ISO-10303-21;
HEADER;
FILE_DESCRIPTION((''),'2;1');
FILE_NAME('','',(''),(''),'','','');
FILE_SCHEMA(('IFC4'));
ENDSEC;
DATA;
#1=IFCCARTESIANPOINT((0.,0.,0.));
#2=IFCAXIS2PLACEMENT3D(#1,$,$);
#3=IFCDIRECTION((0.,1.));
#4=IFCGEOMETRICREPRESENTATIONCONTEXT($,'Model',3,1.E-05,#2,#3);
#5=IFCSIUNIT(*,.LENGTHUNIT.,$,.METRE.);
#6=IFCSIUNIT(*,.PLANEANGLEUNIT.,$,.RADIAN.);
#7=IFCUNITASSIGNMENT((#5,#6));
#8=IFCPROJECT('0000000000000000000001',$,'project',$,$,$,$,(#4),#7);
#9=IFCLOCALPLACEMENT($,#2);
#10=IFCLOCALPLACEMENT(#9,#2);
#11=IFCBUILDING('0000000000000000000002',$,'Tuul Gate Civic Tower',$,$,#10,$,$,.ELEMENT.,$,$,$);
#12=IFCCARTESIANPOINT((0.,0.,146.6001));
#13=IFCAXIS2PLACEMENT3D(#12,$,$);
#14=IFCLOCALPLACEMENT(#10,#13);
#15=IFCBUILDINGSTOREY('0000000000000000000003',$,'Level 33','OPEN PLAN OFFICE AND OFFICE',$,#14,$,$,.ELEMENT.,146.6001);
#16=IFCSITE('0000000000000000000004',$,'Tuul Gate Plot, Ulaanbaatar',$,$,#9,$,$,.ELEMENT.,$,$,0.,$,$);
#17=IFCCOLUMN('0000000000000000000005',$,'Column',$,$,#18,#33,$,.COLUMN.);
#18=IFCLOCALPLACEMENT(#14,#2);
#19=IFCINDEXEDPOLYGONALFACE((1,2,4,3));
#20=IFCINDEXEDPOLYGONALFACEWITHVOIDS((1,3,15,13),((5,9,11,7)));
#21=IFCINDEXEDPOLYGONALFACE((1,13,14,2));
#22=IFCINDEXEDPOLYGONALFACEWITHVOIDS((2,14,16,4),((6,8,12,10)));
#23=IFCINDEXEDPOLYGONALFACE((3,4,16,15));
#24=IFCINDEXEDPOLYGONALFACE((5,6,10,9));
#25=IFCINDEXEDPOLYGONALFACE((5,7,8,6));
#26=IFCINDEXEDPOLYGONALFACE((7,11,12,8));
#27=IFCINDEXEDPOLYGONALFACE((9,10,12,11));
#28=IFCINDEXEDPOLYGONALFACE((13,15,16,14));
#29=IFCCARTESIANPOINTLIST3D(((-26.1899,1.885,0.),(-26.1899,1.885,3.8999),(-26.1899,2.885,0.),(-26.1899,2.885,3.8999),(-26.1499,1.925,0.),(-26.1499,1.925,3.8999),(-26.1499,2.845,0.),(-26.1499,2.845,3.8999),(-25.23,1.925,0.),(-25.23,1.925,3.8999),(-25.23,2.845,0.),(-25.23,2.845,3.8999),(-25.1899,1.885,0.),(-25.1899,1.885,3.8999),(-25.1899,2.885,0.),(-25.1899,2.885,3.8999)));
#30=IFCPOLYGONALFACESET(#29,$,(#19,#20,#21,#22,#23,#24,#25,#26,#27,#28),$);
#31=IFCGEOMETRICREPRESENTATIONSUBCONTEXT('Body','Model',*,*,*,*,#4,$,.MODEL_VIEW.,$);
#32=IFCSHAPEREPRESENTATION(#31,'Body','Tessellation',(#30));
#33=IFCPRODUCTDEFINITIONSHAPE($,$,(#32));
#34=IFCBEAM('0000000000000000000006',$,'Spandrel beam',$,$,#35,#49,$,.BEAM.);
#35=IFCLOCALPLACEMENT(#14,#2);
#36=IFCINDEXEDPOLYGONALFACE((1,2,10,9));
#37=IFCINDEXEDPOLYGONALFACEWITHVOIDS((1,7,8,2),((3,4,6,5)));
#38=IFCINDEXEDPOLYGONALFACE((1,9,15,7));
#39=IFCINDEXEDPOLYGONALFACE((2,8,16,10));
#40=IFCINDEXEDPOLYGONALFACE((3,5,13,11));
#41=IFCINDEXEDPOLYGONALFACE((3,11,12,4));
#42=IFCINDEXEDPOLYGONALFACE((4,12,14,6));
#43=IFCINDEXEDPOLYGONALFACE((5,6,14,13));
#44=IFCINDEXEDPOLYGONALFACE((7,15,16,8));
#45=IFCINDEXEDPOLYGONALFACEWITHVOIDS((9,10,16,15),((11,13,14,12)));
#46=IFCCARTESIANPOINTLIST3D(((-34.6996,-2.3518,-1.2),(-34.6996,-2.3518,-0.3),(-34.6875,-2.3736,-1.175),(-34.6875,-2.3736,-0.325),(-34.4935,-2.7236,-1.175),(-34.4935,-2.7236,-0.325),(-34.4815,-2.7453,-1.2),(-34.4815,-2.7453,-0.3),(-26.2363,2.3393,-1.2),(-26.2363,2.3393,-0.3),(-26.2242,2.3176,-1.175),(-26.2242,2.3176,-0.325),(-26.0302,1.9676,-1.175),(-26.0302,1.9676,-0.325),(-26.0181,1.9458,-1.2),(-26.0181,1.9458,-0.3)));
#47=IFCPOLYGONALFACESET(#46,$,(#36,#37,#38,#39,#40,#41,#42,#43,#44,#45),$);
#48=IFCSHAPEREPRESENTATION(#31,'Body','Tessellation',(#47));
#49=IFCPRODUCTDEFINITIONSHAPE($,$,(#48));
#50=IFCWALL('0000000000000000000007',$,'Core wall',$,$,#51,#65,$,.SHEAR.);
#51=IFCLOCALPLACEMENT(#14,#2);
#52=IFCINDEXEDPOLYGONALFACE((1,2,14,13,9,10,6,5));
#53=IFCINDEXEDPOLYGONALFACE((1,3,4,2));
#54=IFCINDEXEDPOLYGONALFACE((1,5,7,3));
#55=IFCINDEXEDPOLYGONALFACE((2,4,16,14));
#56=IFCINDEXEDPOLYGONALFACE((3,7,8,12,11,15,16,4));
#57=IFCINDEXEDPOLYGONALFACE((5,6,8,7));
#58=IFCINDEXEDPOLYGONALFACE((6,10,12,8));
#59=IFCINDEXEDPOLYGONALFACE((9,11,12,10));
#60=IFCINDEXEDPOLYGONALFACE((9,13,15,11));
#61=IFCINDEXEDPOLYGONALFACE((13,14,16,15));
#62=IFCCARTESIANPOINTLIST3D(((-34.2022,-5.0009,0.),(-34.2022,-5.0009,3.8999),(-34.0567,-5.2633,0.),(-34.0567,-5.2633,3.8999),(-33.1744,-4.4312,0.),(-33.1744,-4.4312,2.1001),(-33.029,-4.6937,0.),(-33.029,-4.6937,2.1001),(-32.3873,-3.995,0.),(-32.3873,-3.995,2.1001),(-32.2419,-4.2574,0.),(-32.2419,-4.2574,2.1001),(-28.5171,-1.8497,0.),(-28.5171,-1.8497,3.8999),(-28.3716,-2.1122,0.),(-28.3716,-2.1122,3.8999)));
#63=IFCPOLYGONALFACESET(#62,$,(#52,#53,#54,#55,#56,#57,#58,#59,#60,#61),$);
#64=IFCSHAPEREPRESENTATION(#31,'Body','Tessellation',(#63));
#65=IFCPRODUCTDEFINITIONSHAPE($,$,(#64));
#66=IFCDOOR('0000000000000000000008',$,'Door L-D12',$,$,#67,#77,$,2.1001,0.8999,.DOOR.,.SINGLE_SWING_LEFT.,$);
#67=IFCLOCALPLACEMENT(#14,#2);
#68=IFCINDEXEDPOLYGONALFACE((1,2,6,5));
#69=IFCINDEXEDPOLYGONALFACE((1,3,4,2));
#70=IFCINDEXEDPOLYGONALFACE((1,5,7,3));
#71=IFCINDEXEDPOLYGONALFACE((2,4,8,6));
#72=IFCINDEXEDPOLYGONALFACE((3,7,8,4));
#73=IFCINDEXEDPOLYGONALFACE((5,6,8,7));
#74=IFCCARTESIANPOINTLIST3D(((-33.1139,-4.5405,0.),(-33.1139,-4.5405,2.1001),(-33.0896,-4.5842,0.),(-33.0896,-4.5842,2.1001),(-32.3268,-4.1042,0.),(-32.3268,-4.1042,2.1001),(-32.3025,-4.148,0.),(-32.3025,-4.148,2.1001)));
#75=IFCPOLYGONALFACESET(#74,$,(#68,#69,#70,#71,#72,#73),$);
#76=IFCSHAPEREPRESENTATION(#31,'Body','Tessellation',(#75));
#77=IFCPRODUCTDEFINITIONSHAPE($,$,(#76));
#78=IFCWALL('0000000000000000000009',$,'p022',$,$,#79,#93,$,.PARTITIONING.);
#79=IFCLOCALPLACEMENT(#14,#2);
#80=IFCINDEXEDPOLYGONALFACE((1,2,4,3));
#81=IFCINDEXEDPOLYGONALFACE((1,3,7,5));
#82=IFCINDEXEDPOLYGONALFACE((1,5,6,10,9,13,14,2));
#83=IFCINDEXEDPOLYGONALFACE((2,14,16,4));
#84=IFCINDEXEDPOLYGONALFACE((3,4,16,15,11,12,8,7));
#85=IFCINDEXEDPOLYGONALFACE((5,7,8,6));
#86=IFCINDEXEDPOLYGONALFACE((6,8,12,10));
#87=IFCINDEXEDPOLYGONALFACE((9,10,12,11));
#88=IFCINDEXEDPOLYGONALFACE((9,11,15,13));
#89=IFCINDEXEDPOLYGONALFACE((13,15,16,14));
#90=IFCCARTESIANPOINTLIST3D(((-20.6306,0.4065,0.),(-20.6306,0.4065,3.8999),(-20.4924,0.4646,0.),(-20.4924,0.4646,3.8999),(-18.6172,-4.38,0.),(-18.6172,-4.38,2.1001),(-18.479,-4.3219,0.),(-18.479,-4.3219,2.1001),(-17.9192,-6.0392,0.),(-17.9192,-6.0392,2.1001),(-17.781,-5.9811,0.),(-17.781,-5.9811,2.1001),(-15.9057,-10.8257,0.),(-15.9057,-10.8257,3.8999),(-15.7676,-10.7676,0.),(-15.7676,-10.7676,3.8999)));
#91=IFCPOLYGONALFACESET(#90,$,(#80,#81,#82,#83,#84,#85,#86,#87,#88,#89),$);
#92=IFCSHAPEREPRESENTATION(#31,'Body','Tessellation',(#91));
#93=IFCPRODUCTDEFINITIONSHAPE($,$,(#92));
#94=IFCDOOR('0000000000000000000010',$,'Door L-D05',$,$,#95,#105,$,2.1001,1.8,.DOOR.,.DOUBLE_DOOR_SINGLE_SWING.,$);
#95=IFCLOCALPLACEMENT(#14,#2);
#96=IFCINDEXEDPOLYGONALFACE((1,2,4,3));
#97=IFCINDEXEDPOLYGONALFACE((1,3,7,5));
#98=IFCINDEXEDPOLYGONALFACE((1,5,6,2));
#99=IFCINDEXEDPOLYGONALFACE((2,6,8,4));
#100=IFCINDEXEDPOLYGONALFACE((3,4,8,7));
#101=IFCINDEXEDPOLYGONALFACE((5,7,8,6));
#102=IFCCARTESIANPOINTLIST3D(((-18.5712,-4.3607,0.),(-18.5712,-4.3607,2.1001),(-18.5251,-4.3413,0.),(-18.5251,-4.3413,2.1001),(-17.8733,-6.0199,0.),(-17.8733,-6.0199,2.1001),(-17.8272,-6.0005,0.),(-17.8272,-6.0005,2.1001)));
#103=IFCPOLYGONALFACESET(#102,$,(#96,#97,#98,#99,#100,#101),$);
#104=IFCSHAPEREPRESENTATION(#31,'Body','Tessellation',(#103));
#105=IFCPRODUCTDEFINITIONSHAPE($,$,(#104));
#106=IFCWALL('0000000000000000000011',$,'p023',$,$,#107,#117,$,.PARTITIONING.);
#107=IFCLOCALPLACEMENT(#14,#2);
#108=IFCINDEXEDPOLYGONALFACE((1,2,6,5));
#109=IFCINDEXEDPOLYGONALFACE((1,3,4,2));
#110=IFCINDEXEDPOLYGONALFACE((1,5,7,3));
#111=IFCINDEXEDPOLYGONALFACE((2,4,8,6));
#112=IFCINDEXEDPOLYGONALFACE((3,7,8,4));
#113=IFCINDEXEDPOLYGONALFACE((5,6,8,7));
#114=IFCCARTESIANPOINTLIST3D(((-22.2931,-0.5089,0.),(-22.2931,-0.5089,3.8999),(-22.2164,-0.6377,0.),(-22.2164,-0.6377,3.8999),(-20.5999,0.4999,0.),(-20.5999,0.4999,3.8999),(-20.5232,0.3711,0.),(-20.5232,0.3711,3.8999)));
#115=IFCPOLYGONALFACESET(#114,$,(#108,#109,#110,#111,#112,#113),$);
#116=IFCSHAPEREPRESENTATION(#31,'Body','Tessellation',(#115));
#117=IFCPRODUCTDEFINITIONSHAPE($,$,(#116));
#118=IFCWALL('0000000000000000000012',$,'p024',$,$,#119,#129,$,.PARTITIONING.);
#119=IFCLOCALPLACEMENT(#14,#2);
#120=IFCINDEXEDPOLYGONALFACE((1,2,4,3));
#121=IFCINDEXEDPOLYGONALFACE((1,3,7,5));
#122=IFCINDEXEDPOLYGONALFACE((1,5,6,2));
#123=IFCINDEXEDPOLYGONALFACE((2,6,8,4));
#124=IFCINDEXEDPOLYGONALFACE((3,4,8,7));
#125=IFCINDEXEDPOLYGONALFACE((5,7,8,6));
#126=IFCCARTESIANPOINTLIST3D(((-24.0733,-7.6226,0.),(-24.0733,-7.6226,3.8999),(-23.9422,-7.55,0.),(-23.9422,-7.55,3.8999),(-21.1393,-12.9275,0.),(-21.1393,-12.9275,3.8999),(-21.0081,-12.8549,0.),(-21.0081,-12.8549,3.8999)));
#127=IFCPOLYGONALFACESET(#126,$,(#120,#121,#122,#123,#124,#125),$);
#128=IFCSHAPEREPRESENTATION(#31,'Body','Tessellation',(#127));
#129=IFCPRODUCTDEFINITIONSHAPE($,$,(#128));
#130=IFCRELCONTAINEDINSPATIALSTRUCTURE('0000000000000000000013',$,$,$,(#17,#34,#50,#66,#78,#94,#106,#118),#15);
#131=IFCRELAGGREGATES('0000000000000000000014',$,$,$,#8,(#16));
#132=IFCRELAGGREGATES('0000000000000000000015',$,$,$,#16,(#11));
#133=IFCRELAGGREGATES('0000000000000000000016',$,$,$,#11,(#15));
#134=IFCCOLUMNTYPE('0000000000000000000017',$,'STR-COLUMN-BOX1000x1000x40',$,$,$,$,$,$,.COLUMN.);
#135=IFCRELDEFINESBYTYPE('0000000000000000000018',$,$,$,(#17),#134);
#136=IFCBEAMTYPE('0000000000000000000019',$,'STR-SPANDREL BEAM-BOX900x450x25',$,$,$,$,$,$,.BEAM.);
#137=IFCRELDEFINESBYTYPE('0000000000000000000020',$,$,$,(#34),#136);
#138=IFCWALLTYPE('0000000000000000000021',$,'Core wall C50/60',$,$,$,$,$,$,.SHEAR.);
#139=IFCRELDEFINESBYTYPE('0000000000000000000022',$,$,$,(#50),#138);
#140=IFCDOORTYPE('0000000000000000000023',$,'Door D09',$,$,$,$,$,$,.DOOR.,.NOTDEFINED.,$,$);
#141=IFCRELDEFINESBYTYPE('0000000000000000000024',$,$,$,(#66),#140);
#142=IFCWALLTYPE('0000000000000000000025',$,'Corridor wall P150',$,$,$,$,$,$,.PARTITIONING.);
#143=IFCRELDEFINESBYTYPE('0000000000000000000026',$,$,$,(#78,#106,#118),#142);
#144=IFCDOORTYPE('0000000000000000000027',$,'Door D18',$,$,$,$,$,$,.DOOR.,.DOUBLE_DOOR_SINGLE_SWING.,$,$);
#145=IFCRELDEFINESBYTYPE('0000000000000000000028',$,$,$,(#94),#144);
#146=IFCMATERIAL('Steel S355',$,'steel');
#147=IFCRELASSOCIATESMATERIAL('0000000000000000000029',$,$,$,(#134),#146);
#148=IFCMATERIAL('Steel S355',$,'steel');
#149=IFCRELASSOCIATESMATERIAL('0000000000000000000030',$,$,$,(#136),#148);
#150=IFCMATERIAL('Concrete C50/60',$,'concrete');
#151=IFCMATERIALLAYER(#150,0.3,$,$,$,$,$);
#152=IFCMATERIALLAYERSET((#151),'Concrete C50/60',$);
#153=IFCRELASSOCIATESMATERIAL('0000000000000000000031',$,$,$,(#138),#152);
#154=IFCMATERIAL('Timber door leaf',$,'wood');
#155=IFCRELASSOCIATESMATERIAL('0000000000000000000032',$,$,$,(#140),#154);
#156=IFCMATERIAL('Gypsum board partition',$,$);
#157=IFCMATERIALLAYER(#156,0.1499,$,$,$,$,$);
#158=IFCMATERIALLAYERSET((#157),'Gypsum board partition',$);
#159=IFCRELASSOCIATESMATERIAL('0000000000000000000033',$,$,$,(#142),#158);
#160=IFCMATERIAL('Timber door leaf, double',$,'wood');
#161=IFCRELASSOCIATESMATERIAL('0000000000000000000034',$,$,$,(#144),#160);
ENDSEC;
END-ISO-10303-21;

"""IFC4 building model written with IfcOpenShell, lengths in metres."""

from ifc_helpers import new_model, si_unit, direction, frame, frame_2d, origin, origin_2d, place, context, subcontext, project, spatial, rectangle, hollow_rectangle, extrude, material, layer, layer_set, material_profile, profile_set, type_object, element, fill, save


model = new_model("IFC4")

# Units and contexts
model_context = context("Model", 3, precision=1e-05, world=origin(), true_north=direction((0.0, 1.0)))
body_context = subcontext(model_context, "Body", "Model", "MODEL_VIEW")
ifc_project = project(units=[si_unit("LENGTHUNIT", "METRE"), si_unit("PLANEANGLEUNIT", "RADIAN")], contexts=[model_context])

# Site, building, storey
site_placement = place(None, origin())
site = spatial("IfcSite", under=ifc_project, at=site_placement, Name="Tuul Gate Plot, Ulaanbaatar", CompositionType="ELEMENT", RefElevation=0.0)
building_placement = place(site_placement, origin())
building = spatial("IfcBuilding", under=site, at=building_placement, Name="Tuul Gate Civic Tower", CompositionType="ELEMENT")
storey_placement = place(building_placement, frame((0.0, 0.0, 146.6001)))
storey = spatial("IfcBuildingStorey", under=building, at=storey_placement, Name="Level 33", Description="OPEN PLAN OFFICE AND OFFICE", CompositionType="ELEMENT", Elevation=146.6001)

# Column
ifc_material_1 = material(Name="Steel S355", Category="steel")
ifc_material_profile_1 = material_profile(ifc_material_1, hollow_rectangle(XDim=1.0, YDim=1.0, WallThickness=0.04, at=origin_2d()), Name="BOX1000x1000x40")
ifc_profile_set_1 = profile_set([ifc_material_profile_1], Name="Steel S355")
column_type = type_object("IfcColumnType", Name="STR-COLUMN-BOX1000x1000x40", PredefinedType="COLUMN", material=ifc_profile_set_1)
column_placement = place(storey_placement, frame((-25.6899, 2.385, 0.0), z_axis=(0.0, 0.0, 1.0), x_axis=(1.0, 0.0, 0.0)))
element("IfcColumn", 1, at=column_placement, inside=storey, type_object=column_type, Name="Column", PredefinedType="COLUMN", context=body_context, shape_type="SweptSolid", body=[
    extrude(hollow_rectangle(XDim=1.0, YDim=1.0, WallThickness=0.04, at=origin_2d()), origin(), (0.0, 0.0, 1.0), 3.8999),
])

# Beam
ifc_material_2 = material(Name="Steel S355", Category="steel")
ifc_material_profile_2 = material_profile(ifc_material_2, hollow_rectangle(XDim=0.45, YDim=0.8999, WallThickness=0.0249, at=origin_2d()), Name="BOX900x450x25")
ifc_profile_set_2 = profile_set([ifc_material_profile_2], Name="Steel S355")
beam_type = type_object("IfcBeamType", Name="STR-SPANDREL BEAM-BOX900x450x25", PredefinedType="BEAM", material=ifc_profile_set_2)
beam_placement = place(storey_placement, frame((-26.1272, 2.1426, -0.75), z_axis=(-0.874627, -0.484797, 0.0), x_axis=(0.484797, -0.874627, 0.0)))
element("IfcBeam", 2, at=beam_placement, inside=storey, type_object=beam_type, Name="Spandrel beam", PredefinedType="BEAM", context=body_context, shape_type="SweptSolid", body=[
    extrude(hollow_rectangle(XDim=0.45, YDim=0.8999, WallThickness=0.0249, at=origin_2d()), origin(), (0.0, 0.0, 1.0), 9.6765),
])

# Walls, openings, doors
ifc_material_3 = material(Name="Concrete C50/60", Category="concrete")
ifc_layer_1 = layer(ifc_material_3, 0.3)
ifc_layer_set_1 = layer_set([ifc_layer_1], Name="Concrete C50/60")
wall_type_1 = type_object("IfcWallType", Name="Core wall C50/60", PredefinedType="SHEAR", material=ifc_layer_set_1)
wall_1_placement = place(storey_placement, frame((-28.4443, -1.981, 0.0), z_axis=(0.0, 0.0, 1.0), x_axis=(-0.87463, -0.484791, 0.0)))
wall_1 = element("IfcWall", 3, at=wall_1_placement, inside=storey, type_object=wall_type_1, Name="Core wall", PredefinedType="SHEAR", context=body_context, shape_type="SweptSolid", body=[
    extrude(rectangle(XDim=6.5, YDim=0.3, at=frame_2d((3.25, 0.0))), origin(), (0.0, 0.0, 1.0), 3.8999),
])
opening_1_placement = place(wall_1_placement, frame((4.425, 0.0, 0.0)))
opening_1 = element("IfcOpeningElement", 4, at=opening_1_placement, cuts=wall_1, PredefinedType="OPENING", context=body_context, shape_type="SweptSolid", body=[
    extrude(rectangle(XDim=0.8999, YDim=2.1001, at=frame_2d((0.45, 1.05))), frame((0.0, 0.1602, 0.0), z_axis=(0.0, -1.0, 0.0), x_axis=(1.0, 0.0, 0.0)), (0.0, 0.0, 1.0), 0.3201),
])
ifc_material_4 = material(Name="Timber door leaf", Category="wood")
door_type_1 = type_object("IfcDoorType", Name="Door D09", OperationType="NOTDEFINED", PredefinedType="DOOR", material=ifc_material_4)
door_1_placement = place(opening_1_placement, origin())
door_1 = element("IfcDoor", 5, at=door_1_placement, inside=storey, type_object=door_type_1, Name="Door L-D12", OperationType="SINGLE_SWING_LEFT", OverallHeight=2.1001, OverallWidth=0.8999, PredefinedType="DOOR", context=body_context, shape_type="SweptSolid", body=[
    extrude(rectangle(XDim=0.8999, YDim=2.1001, at=frame_2d((0.45, 1.05))), frame((0.0, 0.0249, 0.0), z_axis=(0.0, -1.0, 0.0), x_axis=(1.0, 0.0, 0.0)), (0.0, 0.0, 1.0), 0.05),
])
fill(opening_1, door_1)
ifc_material_5 = material(Name="Gypsum board partition")
ifc_layer_2 = layer(ifc_material_5, 0.1499)
ifc_layer_set_2 = layer_set([ifc_layer_2], Name="Gypsum board partition")
wall_type_2 = type_object("IfcWallType", Name="Corridor wall P150", PredefinedType="PARTITIONING", material=ifc_layer_set_2)
wall_2_placement = place(storey_placement, frame((-20.5615, 0.4355, 0.0), z_axis=(0.0, 0.0, 1.0), x_axis=(0.387744, -0.921767, 0.0)))
wall_2 = element("IfcWall", 6, at=wall_2_placement, inside=storey, type_object=wall_type_2, Name="p022", PredefinedType="PARTITIONING", context=body_context, shape_type="SweptSolid", body=[
    extrude(rectangle(XDim=12.1855, YDim=0.1499, at=frame_2d((6.0928, 0.0))), origin(), (0.0, 0.0, 1.0), 3.8999),
])
opening_2_placement = place(wall_2_placement, frame((5.1929, 0.0, 0.0)))
opening_2 = element("IfcOpeningElement", 7, at=opening_2_placement, cuts=wall_2, PredefinedType="OPENING", context=body_context, shape_type="SweptSolid", body=[
    extrude(rectangle(XDim=1.8, YDim=2.1001, at=frame_2d((0.8999, 1.05))), frame((0.0, 0.085, 0.0), z_axis=(0.0, -1.0, 0.0), x_axis=(1.0, 0.0, 0.0)), (0.0, 0.0, 1.0), 0.1699),
])
ifc_material_6 = material(Name="Timber door leaf, double", Category="wood")
door_type_2 = type_object("IfcDoorType", Name="Door D18", OperationType="DOUBLE_DOOR_SINGLE_SWING", PredefinedType="DOOR", material=ifc_material_6)
door_2_placement = place(opening_2_placement, origin())
door_2 = element("IfcDoor", 8, at=door_2_placement, inside=storey, type_object=door_type_2, Name="Door L-D05", OperationType="DOUBLE_DOOR_SINGLE_SWING", OverallHeight=2.1001, OverallWidth=1.8, PredefinedType="DOOR", context=body_context, shape_type="SweptSolid", body=[
    extrude(rectangle(XDim=1.8, YDim=2.1001, at=frame_2d((0.8999, 1.05))), frame((0.0, 0.0249, 0.0), z_axis=(0.0, -1.0, 0.0), x_axis=(1.0, 0.0, 0.0)), (0.0, 0.0, 1.0), 0.05),
])
fill(opening_2, door_2)

# Walls
wall_3_placement = place(storey_placement, frame((-22.2546, -0.5732, 0.0), z_axis=(0.0, 0.0, 1.0), x_axis=(0.859074, 0.511852, 0.0)))
element("IfcWall", 9, at=wall_3_placement, inside=storey, type_object=wall_type_2, Name="p023", PredefinedType="PARTITIONING", context=body_context, shape_type="SweptSolid", body=[
    extrude(rectangle(XDim=1.9709, YDim=0.1499, at=frame_2d((0.9854, 0.0))), origin(), (0.0, 0.0, 1.0), 3.8999),
])
wall_4_placement = place(storey_placement, frame((-24.0078, -7.5862, 0.0), z_axis=(0.0, 0.0, 1.0), x_axis=(0.483991, -0.875073, 0.0)))
element("IfcWall", 10, at=wall_4_placement, inside=storey, type_object=wall_type_2, Name="p024", PredefinedType="PARTITIONING", context=body_context, shape_type="SweptSolid", body=[
    extrude(rectangle(XDim=6.0623, YDim=0.1499, at=frame_2d((3.0312, 0.0))), origin(), (0.0, 0.0, 1.0), 3.8999),
])

save(model, "model.ifc")
